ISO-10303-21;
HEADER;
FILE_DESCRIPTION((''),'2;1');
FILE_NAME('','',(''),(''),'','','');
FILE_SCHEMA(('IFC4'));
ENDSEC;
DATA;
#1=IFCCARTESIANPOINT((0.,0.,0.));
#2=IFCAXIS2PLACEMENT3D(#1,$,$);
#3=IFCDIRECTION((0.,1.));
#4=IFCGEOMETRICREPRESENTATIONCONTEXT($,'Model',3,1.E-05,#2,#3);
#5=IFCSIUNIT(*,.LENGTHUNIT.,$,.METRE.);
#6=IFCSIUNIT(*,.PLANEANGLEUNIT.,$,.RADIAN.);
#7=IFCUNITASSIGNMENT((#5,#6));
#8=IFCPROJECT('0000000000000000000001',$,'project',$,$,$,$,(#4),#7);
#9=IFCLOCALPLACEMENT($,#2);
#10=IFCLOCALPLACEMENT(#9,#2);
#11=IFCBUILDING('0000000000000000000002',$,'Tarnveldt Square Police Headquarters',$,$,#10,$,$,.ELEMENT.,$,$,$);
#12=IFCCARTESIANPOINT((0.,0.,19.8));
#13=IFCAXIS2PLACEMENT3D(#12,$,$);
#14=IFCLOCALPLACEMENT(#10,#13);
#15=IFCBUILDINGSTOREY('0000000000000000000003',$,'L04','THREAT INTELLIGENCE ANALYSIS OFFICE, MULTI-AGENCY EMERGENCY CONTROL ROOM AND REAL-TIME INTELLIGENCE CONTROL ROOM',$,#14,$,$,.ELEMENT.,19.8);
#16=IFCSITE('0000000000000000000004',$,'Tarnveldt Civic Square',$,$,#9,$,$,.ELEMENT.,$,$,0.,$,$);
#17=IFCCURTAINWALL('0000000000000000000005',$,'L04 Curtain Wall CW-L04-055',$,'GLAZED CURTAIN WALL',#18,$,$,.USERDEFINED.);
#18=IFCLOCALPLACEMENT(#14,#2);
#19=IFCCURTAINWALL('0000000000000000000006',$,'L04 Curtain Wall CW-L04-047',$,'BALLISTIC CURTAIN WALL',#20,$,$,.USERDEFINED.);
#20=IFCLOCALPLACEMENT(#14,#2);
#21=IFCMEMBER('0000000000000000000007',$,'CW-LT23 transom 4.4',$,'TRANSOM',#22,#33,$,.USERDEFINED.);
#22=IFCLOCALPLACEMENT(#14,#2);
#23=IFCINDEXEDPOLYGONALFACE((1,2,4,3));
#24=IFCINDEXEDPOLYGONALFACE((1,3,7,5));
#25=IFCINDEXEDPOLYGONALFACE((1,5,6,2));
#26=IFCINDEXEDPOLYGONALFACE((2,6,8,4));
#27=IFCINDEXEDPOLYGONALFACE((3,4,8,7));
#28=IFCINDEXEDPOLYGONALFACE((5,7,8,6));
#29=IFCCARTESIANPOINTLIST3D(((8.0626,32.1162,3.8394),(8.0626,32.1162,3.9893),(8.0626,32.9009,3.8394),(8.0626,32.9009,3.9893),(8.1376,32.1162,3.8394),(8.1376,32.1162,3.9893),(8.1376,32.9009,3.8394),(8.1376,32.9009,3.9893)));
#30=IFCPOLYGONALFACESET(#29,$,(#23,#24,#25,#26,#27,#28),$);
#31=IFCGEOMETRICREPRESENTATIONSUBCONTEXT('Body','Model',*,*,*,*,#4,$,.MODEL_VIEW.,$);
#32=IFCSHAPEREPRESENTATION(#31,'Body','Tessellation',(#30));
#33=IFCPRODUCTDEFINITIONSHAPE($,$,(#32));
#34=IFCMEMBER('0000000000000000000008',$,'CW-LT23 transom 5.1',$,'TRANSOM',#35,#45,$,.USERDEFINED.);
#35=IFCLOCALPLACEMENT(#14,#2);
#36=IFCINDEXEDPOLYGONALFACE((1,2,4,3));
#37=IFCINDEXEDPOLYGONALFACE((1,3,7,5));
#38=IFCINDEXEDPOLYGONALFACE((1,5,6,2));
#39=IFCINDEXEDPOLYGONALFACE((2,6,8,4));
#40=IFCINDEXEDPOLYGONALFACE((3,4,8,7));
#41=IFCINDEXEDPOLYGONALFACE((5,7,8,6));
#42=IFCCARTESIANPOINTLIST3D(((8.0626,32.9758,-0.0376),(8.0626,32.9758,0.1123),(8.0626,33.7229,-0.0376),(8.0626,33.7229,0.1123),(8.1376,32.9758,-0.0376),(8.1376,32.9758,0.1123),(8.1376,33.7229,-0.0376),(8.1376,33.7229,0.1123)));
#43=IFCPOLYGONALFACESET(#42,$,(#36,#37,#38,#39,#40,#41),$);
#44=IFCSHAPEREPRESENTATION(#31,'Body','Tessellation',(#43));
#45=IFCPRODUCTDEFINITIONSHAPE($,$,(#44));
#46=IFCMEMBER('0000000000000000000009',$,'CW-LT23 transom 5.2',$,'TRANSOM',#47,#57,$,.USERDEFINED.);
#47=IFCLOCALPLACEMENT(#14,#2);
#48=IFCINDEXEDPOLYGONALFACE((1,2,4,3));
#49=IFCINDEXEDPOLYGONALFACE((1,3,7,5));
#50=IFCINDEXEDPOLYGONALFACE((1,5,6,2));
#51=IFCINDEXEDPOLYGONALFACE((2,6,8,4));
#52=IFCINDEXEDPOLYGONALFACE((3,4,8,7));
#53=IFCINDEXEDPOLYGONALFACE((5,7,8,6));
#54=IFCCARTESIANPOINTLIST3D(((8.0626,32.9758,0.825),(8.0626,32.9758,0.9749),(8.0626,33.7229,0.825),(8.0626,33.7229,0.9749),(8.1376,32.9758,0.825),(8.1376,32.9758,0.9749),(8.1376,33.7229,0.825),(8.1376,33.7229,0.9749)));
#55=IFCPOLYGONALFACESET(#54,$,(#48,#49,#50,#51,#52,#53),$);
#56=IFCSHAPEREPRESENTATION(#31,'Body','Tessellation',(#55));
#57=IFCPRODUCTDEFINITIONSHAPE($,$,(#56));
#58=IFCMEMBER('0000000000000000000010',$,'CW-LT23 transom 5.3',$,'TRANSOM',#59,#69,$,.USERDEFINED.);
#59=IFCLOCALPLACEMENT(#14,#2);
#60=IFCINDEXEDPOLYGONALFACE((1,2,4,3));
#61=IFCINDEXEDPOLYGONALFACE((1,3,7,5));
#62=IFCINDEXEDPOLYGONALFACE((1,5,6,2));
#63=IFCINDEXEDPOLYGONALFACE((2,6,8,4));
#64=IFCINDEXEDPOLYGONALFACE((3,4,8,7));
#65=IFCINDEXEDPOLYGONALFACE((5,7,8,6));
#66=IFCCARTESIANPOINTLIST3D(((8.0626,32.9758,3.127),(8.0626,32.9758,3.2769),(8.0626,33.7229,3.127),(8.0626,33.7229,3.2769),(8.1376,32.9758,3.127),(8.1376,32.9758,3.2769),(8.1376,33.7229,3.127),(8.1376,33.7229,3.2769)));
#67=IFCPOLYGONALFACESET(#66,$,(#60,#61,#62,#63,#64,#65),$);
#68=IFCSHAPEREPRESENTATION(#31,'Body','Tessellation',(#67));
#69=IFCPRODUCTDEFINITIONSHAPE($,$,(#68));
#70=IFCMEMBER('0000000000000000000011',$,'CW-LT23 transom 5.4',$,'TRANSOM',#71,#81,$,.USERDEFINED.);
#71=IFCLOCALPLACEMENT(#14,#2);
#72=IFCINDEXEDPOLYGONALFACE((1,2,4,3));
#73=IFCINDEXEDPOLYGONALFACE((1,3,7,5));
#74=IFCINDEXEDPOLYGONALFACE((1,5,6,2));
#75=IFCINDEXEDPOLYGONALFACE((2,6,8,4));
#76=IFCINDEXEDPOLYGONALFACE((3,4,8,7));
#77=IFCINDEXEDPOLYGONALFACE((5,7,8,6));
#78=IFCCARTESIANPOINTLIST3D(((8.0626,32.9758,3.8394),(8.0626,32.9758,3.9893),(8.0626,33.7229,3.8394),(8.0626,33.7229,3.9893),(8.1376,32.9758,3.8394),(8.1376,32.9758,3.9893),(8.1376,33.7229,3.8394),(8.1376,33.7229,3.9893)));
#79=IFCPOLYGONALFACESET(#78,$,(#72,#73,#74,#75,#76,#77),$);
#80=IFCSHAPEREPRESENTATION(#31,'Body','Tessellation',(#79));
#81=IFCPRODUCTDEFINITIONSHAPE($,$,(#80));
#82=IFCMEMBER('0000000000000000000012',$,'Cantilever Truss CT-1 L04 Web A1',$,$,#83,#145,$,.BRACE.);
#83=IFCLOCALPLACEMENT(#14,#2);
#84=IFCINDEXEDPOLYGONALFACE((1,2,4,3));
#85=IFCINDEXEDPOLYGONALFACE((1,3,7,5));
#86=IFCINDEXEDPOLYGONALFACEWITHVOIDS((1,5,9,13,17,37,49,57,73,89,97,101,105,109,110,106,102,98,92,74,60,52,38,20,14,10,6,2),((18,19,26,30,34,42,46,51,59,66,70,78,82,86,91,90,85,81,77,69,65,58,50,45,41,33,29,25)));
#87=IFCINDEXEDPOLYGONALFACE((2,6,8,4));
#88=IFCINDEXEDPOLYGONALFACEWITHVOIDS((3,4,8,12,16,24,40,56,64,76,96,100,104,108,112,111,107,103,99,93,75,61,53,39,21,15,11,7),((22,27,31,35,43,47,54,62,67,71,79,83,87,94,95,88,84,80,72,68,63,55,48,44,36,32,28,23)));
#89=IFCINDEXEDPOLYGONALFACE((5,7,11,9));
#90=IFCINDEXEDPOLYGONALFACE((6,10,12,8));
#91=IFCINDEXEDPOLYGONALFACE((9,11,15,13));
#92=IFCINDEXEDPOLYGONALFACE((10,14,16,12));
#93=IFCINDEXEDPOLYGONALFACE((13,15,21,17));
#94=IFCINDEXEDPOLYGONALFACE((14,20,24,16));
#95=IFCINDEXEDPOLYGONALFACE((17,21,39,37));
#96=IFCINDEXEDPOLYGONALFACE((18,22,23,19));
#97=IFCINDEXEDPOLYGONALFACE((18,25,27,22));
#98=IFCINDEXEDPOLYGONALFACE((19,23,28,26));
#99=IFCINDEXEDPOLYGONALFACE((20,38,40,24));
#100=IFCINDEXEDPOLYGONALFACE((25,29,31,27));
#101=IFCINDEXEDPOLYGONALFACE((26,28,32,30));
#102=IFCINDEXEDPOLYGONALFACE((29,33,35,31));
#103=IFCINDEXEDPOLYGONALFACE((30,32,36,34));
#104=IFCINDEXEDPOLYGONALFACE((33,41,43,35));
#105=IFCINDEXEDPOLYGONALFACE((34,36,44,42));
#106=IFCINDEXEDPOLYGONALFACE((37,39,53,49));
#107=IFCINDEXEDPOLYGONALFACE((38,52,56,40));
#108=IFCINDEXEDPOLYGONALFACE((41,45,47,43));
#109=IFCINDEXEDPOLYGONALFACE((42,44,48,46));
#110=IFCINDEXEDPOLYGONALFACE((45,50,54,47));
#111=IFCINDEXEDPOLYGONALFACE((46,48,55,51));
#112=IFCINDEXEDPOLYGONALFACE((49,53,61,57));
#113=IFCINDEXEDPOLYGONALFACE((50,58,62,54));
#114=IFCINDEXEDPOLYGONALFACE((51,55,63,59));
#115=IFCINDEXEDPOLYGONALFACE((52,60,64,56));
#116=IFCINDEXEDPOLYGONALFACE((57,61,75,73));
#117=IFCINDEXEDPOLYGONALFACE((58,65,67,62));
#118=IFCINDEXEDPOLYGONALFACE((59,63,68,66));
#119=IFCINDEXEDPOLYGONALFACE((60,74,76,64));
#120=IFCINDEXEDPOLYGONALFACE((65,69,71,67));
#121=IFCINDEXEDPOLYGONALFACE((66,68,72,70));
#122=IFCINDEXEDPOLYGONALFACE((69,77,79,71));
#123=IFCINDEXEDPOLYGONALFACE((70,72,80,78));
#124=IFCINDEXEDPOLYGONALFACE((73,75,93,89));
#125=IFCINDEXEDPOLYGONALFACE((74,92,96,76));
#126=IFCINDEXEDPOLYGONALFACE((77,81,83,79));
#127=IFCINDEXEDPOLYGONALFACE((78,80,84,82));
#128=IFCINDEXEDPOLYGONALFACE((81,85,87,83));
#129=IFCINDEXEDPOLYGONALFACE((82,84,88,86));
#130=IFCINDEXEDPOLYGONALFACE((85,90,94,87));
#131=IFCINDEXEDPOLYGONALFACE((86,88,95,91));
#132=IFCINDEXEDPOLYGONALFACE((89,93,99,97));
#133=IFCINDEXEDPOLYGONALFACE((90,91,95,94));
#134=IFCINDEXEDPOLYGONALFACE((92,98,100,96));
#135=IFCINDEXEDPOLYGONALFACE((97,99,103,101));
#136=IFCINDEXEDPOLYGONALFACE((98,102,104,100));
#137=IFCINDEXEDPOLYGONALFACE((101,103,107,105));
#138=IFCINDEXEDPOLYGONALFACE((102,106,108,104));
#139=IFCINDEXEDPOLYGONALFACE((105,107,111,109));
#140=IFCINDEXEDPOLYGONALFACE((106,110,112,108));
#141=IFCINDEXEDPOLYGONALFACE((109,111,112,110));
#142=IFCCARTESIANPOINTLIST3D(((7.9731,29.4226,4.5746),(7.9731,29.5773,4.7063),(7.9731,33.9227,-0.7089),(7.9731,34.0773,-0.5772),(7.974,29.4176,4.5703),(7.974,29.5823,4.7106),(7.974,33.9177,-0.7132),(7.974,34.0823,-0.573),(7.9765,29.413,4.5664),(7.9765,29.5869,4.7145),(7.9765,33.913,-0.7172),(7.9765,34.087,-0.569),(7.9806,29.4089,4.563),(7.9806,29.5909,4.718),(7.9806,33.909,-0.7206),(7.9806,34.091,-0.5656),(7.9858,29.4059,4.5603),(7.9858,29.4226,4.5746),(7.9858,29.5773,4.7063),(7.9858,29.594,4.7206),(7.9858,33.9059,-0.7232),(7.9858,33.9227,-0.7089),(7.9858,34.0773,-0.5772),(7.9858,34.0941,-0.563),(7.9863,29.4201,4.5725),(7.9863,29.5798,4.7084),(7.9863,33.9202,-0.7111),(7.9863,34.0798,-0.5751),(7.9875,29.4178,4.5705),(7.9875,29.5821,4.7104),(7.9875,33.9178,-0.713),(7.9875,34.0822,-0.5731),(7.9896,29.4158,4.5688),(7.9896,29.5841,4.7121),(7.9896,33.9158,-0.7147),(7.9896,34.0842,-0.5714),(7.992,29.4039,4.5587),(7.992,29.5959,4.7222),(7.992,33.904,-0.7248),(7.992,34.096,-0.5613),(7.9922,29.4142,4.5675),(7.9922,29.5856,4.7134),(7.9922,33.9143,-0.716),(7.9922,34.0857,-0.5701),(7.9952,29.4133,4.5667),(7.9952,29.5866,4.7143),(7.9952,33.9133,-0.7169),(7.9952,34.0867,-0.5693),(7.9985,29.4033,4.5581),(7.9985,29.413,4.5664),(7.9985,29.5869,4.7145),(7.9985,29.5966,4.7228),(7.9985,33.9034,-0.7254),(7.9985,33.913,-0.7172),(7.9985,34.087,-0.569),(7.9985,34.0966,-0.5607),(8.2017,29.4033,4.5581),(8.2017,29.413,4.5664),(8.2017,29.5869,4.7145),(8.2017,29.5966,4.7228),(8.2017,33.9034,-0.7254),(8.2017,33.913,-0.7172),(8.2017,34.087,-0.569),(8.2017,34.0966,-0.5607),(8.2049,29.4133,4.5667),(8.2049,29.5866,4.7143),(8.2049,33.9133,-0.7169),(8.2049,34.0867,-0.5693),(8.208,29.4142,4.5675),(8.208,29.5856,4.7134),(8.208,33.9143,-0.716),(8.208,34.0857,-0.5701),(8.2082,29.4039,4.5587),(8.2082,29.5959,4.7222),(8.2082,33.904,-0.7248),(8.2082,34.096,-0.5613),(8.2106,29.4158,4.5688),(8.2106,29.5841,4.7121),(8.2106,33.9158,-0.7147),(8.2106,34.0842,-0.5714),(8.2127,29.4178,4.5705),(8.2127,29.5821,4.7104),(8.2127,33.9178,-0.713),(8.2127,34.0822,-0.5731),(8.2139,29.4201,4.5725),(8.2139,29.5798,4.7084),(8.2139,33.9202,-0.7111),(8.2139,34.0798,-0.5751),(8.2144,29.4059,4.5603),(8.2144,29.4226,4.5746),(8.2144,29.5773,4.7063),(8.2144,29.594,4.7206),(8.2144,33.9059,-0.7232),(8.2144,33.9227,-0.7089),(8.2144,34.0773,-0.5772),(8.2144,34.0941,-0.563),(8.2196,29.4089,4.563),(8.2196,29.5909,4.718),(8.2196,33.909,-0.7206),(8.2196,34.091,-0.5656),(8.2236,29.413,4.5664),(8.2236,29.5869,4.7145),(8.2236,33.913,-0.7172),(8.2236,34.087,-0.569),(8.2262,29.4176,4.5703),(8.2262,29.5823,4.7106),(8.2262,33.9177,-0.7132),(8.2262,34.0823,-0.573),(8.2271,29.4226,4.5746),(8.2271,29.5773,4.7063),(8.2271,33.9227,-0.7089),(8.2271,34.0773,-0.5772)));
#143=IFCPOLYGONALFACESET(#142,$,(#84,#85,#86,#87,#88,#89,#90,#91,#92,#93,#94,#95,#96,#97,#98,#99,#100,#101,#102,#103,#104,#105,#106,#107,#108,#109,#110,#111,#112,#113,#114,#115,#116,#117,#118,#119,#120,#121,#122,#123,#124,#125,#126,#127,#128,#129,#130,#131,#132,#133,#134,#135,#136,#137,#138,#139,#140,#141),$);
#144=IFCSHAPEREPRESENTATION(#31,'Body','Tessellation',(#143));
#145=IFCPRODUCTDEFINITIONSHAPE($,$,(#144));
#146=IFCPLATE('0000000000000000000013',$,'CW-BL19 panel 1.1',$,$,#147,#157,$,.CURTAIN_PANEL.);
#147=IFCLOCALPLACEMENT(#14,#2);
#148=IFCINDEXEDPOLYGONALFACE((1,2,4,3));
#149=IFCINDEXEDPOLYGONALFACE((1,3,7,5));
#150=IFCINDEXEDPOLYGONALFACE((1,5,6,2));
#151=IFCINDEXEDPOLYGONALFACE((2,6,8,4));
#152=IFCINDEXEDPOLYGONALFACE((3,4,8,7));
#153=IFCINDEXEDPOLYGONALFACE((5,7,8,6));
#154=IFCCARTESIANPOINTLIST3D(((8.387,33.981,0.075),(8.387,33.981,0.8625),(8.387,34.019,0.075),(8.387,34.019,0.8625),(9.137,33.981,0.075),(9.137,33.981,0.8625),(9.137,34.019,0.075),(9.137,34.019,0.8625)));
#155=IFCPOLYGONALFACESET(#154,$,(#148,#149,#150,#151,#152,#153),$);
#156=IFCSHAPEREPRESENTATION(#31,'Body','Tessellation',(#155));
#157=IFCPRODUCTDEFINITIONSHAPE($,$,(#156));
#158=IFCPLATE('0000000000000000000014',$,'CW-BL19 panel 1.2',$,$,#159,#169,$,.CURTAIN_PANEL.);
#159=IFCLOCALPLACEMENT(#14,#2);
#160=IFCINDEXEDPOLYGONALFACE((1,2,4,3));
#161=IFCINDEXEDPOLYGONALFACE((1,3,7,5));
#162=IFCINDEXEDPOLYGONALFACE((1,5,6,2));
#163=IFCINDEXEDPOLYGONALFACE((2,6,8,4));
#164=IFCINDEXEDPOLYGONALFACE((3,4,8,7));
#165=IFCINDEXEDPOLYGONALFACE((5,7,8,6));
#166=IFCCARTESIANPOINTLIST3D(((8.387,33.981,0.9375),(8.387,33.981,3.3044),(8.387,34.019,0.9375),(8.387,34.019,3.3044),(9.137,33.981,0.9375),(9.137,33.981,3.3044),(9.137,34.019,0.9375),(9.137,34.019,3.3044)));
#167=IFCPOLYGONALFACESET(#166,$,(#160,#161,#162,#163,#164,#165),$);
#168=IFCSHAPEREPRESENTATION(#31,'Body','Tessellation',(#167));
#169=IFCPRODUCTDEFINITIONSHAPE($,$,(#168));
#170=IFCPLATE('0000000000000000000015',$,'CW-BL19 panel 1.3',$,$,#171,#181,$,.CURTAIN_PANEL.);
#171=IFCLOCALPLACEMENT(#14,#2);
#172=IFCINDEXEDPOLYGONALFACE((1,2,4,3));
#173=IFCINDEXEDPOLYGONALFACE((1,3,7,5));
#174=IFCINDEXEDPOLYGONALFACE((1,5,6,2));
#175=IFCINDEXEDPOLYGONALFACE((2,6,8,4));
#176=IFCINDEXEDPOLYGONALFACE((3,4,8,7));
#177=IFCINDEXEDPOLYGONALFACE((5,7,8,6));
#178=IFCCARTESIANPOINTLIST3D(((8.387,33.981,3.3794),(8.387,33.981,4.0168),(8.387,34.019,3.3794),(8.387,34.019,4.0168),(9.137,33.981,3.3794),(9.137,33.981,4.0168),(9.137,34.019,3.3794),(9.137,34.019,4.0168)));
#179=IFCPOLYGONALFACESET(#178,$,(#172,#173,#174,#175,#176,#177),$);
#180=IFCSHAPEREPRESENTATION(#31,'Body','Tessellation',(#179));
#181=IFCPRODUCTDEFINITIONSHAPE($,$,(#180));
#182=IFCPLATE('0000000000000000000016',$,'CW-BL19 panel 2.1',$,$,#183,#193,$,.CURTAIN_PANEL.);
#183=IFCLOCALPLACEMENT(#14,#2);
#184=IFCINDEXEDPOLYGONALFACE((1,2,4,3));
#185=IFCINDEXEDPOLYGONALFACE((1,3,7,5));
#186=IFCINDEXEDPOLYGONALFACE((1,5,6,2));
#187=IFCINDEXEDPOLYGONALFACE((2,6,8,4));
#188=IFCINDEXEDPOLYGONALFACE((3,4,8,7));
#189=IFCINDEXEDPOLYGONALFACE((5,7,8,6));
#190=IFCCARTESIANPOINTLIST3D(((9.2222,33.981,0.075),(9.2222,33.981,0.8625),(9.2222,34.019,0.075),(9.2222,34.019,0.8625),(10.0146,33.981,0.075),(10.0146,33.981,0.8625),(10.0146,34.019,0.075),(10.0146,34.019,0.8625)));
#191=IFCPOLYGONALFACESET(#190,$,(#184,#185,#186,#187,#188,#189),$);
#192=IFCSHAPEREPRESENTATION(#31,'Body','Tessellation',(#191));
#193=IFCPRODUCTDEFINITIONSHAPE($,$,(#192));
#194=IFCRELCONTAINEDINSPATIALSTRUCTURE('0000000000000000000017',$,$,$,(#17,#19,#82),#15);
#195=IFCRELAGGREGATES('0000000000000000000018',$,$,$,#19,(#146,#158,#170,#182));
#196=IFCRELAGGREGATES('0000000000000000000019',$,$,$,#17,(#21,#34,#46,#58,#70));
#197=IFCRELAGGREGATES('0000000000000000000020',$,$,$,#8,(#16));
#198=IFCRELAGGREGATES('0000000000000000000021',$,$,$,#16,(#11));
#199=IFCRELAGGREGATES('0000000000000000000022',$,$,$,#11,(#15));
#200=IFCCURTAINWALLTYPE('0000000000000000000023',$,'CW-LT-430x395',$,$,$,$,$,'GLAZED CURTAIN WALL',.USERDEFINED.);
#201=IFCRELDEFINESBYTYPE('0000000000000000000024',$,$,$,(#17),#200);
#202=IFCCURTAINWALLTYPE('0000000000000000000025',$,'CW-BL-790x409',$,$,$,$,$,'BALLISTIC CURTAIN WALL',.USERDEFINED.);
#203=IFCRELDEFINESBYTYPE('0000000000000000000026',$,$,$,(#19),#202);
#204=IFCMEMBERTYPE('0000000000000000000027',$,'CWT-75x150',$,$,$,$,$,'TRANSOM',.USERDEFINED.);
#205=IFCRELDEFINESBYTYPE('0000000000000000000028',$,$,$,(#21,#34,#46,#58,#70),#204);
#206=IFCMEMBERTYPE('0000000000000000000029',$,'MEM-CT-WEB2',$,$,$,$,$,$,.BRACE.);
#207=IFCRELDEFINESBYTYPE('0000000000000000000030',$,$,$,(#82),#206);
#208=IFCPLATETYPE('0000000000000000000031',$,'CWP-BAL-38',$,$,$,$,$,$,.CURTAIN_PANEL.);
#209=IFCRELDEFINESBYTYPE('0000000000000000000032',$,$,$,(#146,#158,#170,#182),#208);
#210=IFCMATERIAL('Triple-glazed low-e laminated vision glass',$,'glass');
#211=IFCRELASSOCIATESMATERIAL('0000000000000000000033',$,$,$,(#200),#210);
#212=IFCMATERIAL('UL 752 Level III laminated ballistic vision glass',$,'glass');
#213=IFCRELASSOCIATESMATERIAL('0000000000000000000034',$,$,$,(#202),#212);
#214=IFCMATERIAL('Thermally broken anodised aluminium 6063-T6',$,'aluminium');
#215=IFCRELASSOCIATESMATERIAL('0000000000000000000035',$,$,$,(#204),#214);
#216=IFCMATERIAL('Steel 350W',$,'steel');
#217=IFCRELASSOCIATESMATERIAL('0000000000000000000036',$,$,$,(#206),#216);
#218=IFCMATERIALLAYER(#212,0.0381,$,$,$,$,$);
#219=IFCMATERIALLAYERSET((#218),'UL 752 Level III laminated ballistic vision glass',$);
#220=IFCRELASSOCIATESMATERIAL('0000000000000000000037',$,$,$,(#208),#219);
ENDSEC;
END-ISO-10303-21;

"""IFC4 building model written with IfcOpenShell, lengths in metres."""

from ifc_helpers import new_model, si_unit, direction, frame, origin, origin_2d, place, context, subcontext, project, spatial, rectangle, hollow_rectangle, extrude, material, layer, layer_set, material_profile, profile_set, type_object, element, aggregate, save


model = new_model("IFC4")

# Units and contexts
model_context = context("Model", 3, precision=1e-05, world=origin(), true_north=direction((0.0, 1.0)))
body_context = subcontext(model_context, "Body", "Model", "MODEL_VIEW")
ifc_project = project(units=[si_unit("LENGTHUNIT", "METRE"), si_unit("PLANEANGLEUNIT", "RADIAN")], contexts=[model_context])

# Site, building, storey
site_placement = place(None, origin())
site = spatial("IfcSite", under=ifc_project, at=site_placement, Name="Tarnveldt Civic Square", CompositionType="ELEMENT", RefElevation=0.0)
building_placement = place(site_placement, origin())
building = spatial("IfcBuilding", under=site, at=building_placement, Name="Tarnveldt Square Police Headquarters", CompositionType="ELEMENT")
storey_placement = place(building_placement, frame((0.0, 0.0, 19.8)))
storey = spatial("IfcBuildingStorey", under=building, at=storey_placement, Name="L04", Description="THREAT INTELLIGENCE ANALYSIS OFFICE, MULTI-AGENCY EMERGENCY CONTROL ROOM AND REAL-TIME INTELLIGENCE CONTROL ROOM", CompositionType="ELEMENT", Elevation=19.8)

# Shared definitions
ifc_material_1 = material(Name="Steel 350W", Category="steel")

# Curtain walls
ifc_material_2 = material(Name="Triple-glazed low-e laminated vision glass", Category="glass")
curtain_wall_type_1 = type_object("IfcCurtainWallType", Name="CW-LT-430x395", ElementType="GLAZED CURTAIN WALL", PredefinedType="USERDEFINED", material=ifc_material_2)
curtain_wall_1_placement = place(storey_placement, origin())
curtain_wall_1 = element("IfcCurtainWall", 1, at=curtain_wall_1_placement, inside=storey, type_object=curtain_wall_type_1, Name="L04 Curtain Wall CW-L04-055", ObjectType="GLAZED CURTAIN WALL", PredefinedType="USERDEFINED")
ifc_material_3 = material(Name="Thermally broken anodised aluminium 6063-T6", Category="aluminium")
ifc_material_4 = material(Name="UL 752 Level III laminated ballistic vision glass", Category="glass")
curtain_wall_type_2 = type_object("IfcCurtainWallType", Name="CW-BL-790x409", ElementType="BALLISTIC CURTAIN WALL", PredefinedType="USERDEFINED", material=ifc_material_4)
curtain_wall_2_placement = place(storey_placement, origin())
curtain_wall_2 = element("IfcCurtainWall", 2, at=curtain_wall_2_placement, inside=storey, type_object=curtain_wall_type_2, Name="L04 Curtain Wall CW-L04-047", ObjectType="BALLISTIC CURTAIN WALL", PredefinedType="USERDEFINED")
ifc_material_profile_1 = material_profile(ifc_material_3, rectangle(XDim=0.075, YDim=0.1499, at=origin_2d()), Name="CW-T75x150")
ifc_profile_set_1 = profile_set([ifc_material_profile_1], Name="Thermally broken anodised aluminium 6063-T6")
member_type_1 = type_object("IfcMemberType", Name="CWT-75x150", ElementType="TRANSOM", PredefinedType="USERDEFINED", material=ifc_profile_set_1)

# Members
member_1_placement = place(storey_placement, frame((8.1001, 32.1162, 3.9143), z_axis=(0.0, 1.0, 0.0), x_axis=(-1.0, 0.0, 0.0)))
member_1 = element("IfcMember", 3, at=member_1_placement, type_object=member_type_1, Name="CW-LT23 transom 4.4", ObjectType="TRANSOM", PredefinedType="USERDEFINED", context=body_context, shape_type="SweptSolid", body=[
    extrude(rectangle(XDim=0.075, YDim=0.1499, at=origin_2d()), origin(), (0.0, 0.0, 1.0), 0.7847),
])
member_2_placement = place(storey_placement, frame((8.1001, 32.9758, 0.0374), z_axis=(0.0, 1.0, 0.0), x_axis=(-1.0, 0.0, 0.0)))
member_2 = element("IfcMember", 4, at=member_2_placement, type_object=member_type_1, Name="CW-LT23 transom 5.1", ObjectType="TRANSOM", PredefinedType="USERDEFINED", context=body_context, shape_type="SweptSolid", body=[
    extrude(rectangle(XDim=0.075, YDim=0.1499, at=origin_2d()), origin(), (0.0, 0.0, 1.0), 0.7471),
])
member_3_placement = place(storey_placement, frame((8.1001, 32.9758, 0.8999), z_axis=(0.0, 1.0, 0.0), x_axis=(-1.0, 0.0, 0.0)))
member_3 = element("IfcMember", 5, at=member_3_placement, type_object=member_type_1, Name="CW-LT23 transom 5.2", ObjectType="TRANSOM", PredefinedType="USERDEFINED", context=body_context, shape_type="SweptSolid", body=[
    extrude(rectangle(XDim=0.075, YDim=0.1499, at=origin_2d()), origin(), (0.0, 0.0, 1.0), 0.7471),
])
member_4_placement = place(storey_placement, frame((8.1001, 32.9758, 3.2019), z_axis=(0.0, 1.0, 0.0), x_axis=(-1.0, 0.0, 0.0)))
member_4 = element("IfcMember", 6, at=member_4_placement, type_object=member_type_1, Name="CW-LT23 transom 5.3", ObjectType="TRANSOM", PredefinedType="USERDEFINED", context=body_context, shape_type="SweptSolid", body=[
    extrude(rectangle(XDim=0.075, YDim=0.1499, at=origin_2d()), origin(), (0.0, 0.0, 1.0), 0.7471),
])
member_5_placement = place(storey_placement, frame((8.1001, 32.9758, 3.9143), z_axis=(0.0, 1.0, 0.0), x_axis=(-1.0, 0.0, 0.0)))
member_5 = element("IfcMember", 7, at=member_5_placement, type_object=member_type_1, Name="CW-LT23 transom 5.4", ObjectType="TRANSOM", PredefinedType="USERDEFINED", context=body_context, shape_type="SweptSolid", body=[
    extrude(rectangle(XDim=0.075, YDim=0.1499, at=origin_2d()), origin(), (0.0, 0.0, 1.0), 0.7471),
])
ifc_material_profile_2 = material_profile(ifc_material_1, hollow_rectangle(XDim=0.2539, YDim=0.2539, WallThickness=0.0127, InnerFilletRadius=0.0127, OuterFilletRadius=0.0254, at=origin_2d()), Name="HSS254x254x13")
ifc_profile_set_2 = profile_set([ifc_material_profile_2], Name="Steel 350W")
member_type_2 = type_object("IfcMemberType", Name="MEM-CT-WEB2", PredefinedType="BRACE", material=ifc_profile_set_2)
member_6_placement = place(storey_placement, frame((8.1001, 34.0, -0.6431), z_axis=(0.0, -0.648407, 0.761294), x_axis=(1.0, 0.0, 0.0)))
element("IfcMember", 8, at=member_6_placement, inside=storey, type_object=member_type_2, Name="Cantilever Truss CT-1 L04 Web A1", PredefinedType="BRACE", context=body_context, shape_type="SweptSolid", body=[
    extrude(hollow_rectangle(XDim=0.2539, YDim=0.2539, WallThickness=0.0127, InnerFilletRadius=0.0127, OuterFilletRadius=0.0254, at=origin_2d()), origin(), (0.0, 0.0, 1.0), 6.9402),
])

# Plates
ifc_layer_1 = layer(ifc_material_4, 0.0381)
ifc_layer_set_1 = layer_set([ifc_layer_1], Name="UL 752 Level III laminated ballistic vision glass")
plate_type_1 = type_object("IfcPlateType", Name="CWP-BAL-38", PredefinedType="CURTAIN_PANEL", material=ifc_layer_set_1)
plate_1_placement = place(storey_placement, frame((8.762, 34.0, 0.075), z_axis=(0.0, 0.0, 1.0), x_axis=(1.0, 0.0, 0.0)))
plate_1 = element("IfcPlate", 9, at=plate_1_placement, type_object=plate_type_1, Name="CW-BL19 panel 1.1", PredefinedType="CURTAIN_PANEL", context=body_context, shape_type="SweptSolid", body=[
    extrude(rectangle(XDim=0.75, YDim=0.0381, at=origin_2d()), origin(), (0.0, 0.0, 1.0), 0.7876),
])
plate_2_placement = place(storey_placement, frame((8.762, 34.0, 0.9375), z_axis=(0.0, 0.0, 1.0), x_axis=(1.0, 0.0, 0.0)))
plate_2 = element("IfcPlate", 10, at=plate_2_placement, type_object=plate_type_1, Name="CW-BL19 panel 1.2", PredefinedType="CURTAIN_PANEL", context=body_context, shape_type="SweptSolid", body=[
    extrude(rectangle(XDim=0.75, YDim=0.0381, at=origin_2d()), origin(), (0.0, 0.0, 1.0), 2.3669),
])
plate_3_placement = place(storey_placement, frame((8.762, 34.0, 3.3794), z_axis=(0.0, 0.0, 1.0), x_axis=(1.0, 0.0, 0.0)))
plate_3 = element("IfcPlate", 11, at=plate_3_placement, type_object=plate_type_1, Name="CW-BL19 panel 1.3", PredefinedType="CURTAIN_PANEL", context=body_context, shape_type="SweptSolid", body=[
    extrude(rectangle(XDim=0.75, YDim=0.0381, at=origin_2d()), origin(), (0.0, 0.0, 1.0), 0.6375),
])
plate_4_placement = place(storey_placement, frame((9.6184, 34.0, 0.075), z_axis=(0.0, 0.0, 1.0), x_axis=(1.0, 0.0, 0.0)))
plate_4 = element("IfcPlate", 12, at=plate_4_placement, type_object=plate_type_1, Name="CW-BL19 panel 2.1", PredefinedType="CURTAIN_PANEL", context=body_context, shape_type="SweptSolid", body=[
    extrude(rectangle(XDim=0.7925, YDim=0.0381, at=origin_2d()), origin(), (0.0, 0.0, 1.0), 0.7876),
])
aggregate(curtain_wall_2, [plate_1, plate_2, plate_3, plate_4])
aggregate(curtain_wall_1, [member_1, member_2, member_3, member_4, member_5])

save(model, "model.ifc")
